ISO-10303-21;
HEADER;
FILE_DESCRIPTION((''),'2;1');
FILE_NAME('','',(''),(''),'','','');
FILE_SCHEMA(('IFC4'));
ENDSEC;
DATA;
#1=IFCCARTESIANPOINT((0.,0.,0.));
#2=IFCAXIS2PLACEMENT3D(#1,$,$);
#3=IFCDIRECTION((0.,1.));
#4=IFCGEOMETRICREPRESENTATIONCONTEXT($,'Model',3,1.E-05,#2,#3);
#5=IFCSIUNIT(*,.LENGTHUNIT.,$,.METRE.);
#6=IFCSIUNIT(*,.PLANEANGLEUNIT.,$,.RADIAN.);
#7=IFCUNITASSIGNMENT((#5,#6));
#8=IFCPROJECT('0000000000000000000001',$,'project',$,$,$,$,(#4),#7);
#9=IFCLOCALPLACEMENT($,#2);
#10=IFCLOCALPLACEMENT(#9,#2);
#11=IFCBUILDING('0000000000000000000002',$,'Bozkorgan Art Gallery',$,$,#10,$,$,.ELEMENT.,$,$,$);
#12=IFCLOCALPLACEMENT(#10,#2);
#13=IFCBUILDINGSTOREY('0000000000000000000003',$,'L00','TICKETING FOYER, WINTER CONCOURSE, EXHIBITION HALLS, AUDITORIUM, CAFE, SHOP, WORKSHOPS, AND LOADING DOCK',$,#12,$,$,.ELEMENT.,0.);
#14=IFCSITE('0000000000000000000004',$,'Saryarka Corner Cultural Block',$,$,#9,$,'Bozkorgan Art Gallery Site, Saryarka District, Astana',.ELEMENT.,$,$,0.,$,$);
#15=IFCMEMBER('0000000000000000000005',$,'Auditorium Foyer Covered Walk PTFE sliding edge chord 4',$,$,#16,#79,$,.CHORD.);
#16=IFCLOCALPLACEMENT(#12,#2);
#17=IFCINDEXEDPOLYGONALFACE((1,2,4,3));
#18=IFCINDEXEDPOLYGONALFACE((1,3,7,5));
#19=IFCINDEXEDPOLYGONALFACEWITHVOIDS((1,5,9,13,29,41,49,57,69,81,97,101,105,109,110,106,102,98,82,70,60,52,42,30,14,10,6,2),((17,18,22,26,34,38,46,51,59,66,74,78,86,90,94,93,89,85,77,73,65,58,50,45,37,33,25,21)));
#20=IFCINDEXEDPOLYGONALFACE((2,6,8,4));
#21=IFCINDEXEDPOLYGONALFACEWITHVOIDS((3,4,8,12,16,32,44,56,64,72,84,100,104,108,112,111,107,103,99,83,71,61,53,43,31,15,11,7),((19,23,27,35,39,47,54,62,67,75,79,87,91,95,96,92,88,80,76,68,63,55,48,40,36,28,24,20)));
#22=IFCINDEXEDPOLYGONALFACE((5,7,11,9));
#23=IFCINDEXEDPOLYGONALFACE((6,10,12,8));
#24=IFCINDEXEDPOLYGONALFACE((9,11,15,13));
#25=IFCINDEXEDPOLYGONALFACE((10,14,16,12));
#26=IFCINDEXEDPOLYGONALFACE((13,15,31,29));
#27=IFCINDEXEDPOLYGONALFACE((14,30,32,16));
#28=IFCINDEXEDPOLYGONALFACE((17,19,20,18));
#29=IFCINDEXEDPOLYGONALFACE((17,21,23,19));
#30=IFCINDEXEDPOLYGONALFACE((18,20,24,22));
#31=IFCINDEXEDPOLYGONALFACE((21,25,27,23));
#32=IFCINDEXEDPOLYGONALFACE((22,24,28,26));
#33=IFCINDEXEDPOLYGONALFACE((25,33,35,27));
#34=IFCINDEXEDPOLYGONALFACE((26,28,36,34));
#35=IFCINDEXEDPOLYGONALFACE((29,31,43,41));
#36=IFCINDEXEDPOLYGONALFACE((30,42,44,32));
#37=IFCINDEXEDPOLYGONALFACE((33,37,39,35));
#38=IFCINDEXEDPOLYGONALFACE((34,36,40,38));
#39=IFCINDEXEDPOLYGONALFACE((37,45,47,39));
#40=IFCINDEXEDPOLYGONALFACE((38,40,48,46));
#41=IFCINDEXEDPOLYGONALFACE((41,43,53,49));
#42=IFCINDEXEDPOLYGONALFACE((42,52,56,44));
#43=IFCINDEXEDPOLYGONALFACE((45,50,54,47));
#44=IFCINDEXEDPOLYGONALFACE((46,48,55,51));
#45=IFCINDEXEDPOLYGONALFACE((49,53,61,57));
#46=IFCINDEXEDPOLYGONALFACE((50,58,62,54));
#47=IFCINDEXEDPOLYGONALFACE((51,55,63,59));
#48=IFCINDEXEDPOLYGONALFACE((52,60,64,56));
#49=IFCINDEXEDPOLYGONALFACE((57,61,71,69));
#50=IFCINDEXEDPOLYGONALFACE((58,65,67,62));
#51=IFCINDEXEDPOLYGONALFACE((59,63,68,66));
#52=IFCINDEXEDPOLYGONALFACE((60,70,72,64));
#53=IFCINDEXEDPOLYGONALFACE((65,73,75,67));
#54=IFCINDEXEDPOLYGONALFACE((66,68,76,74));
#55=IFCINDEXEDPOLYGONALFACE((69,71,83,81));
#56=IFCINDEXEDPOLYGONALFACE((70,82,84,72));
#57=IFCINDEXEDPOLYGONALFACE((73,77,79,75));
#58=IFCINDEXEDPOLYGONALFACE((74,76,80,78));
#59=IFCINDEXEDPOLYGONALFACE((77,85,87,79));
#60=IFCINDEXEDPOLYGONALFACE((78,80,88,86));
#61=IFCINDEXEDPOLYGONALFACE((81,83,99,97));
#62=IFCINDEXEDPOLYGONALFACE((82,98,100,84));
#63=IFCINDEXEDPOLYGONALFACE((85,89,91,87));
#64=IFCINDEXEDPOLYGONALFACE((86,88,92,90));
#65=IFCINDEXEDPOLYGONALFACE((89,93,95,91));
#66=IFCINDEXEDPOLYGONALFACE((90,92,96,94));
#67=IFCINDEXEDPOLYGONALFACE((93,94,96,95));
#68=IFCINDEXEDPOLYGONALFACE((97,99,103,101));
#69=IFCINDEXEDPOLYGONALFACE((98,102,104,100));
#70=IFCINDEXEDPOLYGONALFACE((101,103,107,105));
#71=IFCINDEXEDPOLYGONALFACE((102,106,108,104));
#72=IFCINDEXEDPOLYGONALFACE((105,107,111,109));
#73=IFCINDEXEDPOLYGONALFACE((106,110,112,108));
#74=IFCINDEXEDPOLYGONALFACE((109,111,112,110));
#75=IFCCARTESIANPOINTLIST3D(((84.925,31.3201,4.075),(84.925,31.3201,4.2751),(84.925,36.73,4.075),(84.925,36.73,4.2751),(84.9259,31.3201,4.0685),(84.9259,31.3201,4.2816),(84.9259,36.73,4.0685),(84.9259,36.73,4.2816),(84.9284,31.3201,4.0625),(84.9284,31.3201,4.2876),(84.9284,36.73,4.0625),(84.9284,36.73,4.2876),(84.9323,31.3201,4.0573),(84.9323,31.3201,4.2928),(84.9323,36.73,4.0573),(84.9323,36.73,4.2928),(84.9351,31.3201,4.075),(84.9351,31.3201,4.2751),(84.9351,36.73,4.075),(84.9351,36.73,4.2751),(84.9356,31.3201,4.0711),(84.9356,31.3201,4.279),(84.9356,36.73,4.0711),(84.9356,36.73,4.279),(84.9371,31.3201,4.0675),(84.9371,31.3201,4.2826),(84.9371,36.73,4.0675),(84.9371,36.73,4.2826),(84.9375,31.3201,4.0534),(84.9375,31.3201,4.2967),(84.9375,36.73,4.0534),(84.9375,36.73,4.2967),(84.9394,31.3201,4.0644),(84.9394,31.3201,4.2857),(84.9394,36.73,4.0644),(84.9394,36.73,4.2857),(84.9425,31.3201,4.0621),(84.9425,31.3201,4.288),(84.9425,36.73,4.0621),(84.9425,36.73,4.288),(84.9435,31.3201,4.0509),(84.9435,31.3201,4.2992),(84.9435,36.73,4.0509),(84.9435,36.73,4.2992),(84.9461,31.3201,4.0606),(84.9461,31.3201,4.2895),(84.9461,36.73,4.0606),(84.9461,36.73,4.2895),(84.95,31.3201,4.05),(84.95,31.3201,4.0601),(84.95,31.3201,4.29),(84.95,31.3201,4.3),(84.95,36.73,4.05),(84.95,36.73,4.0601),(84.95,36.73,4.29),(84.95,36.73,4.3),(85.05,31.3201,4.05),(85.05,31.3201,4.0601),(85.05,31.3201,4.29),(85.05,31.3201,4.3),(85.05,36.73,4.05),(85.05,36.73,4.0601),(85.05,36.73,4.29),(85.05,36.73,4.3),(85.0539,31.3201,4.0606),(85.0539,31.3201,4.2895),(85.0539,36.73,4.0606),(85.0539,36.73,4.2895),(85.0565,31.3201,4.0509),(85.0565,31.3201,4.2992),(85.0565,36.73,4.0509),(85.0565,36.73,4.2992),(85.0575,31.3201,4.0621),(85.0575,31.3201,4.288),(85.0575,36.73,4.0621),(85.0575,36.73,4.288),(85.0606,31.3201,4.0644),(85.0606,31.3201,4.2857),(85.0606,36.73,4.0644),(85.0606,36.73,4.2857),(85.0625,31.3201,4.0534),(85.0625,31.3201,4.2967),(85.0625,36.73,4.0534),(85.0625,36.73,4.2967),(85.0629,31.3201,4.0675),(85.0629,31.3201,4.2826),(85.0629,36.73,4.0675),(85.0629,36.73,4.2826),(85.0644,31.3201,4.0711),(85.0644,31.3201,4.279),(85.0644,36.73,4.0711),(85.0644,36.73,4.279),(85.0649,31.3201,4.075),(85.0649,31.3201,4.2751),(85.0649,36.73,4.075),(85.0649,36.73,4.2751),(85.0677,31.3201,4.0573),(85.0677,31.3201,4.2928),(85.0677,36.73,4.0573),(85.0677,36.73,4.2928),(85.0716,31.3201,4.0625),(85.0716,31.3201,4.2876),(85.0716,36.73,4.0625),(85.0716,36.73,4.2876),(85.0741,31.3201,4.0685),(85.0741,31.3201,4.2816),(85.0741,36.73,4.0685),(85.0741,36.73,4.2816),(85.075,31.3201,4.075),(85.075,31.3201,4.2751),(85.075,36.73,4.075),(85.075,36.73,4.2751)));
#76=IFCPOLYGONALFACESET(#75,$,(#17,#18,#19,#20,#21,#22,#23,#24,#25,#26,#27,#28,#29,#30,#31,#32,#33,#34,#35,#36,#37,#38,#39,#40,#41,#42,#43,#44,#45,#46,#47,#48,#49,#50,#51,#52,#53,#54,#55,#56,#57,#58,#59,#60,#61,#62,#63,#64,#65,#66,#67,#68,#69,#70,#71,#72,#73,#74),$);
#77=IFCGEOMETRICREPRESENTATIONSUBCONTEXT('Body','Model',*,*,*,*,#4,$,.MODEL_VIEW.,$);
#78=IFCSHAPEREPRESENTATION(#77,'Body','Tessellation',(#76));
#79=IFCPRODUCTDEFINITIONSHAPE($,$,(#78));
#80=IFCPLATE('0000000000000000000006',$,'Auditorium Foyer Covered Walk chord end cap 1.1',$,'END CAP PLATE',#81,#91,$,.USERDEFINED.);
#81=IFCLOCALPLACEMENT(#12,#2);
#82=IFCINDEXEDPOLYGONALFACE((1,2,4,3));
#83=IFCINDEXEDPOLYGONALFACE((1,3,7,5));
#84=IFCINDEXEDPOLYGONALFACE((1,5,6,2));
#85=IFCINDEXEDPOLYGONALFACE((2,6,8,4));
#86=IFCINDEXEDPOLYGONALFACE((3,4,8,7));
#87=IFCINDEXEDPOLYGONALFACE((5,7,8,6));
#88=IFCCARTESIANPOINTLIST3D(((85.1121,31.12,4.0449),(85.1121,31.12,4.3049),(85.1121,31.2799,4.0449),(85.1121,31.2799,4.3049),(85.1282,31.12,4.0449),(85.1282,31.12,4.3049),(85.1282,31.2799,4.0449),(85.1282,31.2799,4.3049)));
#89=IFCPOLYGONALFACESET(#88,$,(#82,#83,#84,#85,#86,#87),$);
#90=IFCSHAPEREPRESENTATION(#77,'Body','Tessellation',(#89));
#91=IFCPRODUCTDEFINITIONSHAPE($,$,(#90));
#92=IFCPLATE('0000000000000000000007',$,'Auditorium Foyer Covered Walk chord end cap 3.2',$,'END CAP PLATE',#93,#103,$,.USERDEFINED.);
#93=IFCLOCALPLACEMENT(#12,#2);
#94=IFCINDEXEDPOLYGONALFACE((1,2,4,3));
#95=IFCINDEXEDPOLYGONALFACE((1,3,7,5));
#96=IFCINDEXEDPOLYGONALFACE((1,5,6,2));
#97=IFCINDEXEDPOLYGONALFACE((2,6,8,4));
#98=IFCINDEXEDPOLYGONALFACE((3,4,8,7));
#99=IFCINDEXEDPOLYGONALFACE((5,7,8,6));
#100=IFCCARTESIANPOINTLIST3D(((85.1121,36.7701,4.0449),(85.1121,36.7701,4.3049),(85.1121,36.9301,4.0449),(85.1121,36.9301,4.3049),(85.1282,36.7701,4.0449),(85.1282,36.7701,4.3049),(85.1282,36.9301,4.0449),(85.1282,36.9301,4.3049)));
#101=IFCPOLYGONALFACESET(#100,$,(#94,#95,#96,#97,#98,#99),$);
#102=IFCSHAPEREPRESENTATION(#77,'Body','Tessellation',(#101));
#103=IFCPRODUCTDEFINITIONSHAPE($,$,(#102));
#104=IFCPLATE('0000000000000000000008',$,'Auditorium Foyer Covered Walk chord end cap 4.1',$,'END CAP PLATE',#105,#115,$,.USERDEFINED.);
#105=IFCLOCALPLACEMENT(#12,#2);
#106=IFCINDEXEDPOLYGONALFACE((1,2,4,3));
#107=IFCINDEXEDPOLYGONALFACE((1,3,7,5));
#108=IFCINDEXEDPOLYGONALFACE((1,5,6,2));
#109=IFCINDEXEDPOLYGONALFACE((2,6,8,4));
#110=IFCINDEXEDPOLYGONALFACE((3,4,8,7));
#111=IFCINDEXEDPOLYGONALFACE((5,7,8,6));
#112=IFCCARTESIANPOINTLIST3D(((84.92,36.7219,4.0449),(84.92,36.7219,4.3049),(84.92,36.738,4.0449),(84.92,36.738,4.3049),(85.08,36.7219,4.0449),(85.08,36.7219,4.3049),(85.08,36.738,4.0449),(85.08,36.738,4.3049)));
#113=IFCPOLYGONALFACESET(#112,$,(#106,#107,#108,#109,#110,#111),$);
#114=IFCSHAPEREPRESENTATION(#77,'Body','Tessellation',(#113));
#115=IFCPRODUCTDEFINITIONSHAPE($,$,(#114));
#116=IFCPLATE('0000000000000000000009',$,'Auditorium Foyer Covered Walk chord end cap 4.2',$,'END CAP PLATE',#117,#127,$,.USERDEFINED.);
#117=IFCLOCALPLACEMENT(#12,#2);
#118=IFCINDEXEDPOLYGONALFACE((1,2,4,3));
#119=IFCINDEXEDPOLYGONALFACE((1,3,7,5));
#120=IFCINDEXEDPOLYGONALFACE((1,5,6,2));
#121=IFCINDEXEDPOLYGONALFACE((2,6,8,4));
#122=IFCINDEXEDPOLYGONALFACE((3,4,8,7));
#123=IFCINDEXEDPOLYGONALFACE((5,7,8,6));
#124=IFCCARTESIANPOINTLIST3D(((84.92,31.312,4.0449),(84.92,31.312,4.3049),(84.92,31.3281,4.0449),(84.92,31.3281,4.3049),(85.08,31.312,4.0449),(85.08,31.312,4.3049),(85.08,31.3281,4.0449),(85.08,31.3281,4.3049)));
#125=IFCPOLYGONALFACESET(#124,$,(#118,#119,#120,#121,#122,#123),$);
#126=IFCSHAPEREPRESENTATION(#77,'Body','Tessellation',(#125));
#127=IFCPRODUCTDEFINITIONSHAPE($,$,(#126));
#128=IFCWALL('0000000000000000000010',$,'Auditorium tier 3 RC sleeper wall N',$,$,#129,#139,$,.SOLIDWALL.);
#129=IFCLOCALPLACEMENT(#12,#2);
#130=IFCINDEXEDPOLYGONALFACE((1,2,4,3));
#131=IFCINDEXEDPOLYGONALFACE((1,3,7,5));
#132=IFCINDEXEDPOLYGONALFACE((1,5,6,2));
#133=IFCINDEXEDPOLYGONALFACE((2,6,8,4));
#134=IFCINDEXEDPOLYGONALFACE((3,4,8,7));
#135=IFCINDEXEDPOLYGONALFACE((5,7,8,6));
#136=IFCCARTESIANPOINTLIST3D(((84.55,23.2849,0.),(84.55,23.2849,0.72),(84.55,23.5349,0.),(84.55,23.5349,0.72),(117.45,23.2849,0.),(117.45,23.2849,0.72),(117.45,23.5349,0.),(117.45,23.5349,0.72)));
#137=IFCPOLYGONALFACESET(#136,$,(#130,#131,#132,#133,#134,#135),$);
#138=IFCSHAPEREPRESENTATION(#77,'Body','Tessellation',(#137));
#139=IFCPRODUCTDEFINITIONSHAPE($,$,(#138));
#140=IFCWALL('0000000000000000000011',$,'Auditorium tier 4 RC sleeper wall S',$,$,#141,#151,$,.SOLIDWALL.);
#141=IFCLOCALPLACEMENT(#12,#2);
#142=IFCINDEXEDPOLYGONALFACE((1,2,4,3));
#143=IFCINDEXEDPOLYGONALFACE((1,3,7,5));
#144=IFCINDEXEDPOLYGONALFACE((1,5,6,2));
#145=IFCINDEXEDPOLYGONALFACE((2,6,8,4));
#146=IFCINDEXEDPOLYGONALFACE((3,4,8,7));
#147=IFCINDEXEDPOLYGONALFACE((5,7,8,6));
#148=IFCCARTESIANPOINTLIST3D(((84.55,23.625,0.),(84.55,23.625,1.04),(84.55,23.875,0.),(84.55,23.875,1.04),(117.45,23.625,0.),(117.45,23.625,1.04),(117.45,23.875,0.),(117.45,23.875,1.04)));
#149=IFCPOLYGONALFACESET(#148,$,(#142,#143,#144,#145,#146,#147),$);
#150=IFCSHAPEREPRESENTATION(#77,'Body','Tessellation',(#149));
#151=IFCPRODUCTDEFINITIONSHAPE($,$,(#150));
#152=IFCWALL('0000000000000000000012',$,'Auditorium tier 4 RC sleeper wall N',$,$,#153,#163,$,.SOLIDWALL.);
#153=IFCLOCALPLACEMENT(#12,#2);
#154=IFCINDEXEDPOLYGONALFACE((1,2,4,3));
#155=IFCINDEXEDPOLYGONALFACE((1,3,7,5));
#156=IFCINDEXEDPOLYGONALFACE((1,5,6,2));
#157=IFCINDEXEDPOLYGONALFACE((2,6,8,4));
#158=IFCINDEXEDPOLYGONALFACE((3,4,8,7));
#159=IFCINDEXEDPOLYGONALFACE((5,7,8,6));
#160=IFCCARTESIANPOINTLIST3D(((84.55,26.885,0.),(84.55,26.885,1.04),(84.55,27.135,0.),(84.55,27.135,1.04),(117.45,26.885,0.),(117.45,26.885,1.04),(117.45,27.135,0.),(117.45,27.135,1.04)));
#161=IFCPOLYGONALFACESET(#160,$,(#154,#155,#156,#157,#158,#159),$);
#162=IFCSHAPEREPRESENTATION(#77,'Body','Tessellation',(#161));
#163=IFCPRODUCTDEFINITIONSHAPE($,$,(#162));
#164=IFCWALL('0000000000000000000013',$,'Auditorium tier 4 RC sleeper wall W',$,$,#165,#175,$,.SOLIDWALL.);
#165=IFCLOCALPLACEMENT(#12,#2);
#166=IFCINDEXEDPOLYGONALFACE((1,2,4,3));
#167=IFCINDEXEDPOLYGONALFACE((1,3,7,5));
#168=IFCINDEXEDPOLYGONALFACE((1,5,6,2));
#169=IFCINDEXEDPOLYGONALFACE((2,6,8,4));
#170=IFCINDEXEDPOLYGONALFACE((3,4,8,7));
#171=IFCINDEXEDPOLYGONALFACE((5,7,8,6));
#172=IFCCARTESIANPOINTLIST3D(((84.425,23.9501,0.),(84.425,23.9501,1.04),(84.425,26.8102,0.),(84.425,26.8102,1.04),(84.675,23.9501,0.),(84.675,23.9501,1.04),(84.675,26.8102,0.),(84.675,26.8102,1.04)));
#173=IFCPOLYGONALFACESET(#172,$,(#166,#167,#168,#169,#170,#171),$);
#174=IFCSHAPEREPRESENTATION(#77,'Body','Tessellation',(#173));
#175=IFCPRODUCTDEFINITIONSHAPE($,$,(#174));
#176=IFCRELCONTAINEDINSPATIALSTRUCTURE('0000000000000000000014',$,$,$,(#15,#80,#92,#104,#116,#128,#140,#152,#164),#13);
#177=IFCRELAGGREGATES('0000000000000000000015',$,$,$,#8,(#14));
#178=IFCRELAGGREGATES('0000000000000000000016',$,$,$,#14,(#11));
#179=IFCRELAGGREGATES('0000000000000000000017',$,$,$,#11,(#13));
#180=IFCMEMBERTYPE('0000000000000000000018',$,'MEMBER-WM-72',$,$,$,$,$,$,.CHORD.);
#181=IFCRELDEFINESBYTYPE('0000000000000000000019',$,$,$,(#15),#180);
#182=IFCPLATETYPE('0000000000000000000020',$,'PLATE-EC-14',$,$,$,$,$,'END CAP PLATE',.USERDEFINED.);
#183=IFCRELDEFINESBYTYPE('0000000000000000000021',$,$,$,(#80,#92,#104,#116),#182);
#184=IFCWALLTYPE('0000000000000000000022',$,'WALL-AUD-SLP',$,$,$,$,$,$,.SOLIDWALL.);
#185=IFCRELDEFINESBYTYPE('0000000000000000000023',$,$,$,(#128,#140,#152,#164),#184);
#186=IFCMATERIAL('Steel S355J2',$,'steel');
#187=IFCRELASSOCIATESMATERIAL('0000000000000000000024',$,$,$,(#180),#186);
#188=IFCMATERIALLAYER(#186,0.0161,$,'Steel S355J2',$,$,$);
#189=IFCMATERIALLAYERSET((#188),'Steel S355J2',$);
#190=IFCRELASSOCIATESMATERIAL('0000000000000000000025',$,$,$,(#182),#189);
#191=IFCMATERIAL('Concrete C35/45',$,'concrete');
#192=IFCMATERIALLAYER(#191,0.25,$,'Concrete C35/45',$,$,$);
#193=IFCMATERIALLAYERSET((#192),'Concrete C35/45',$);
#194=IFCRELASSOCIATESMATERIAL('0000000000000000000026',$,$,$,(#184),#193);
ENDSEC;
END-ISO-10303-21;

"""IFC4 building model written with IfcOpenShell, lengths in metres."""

from ifc_helpers import new_model, si_unit, direction, frame, frame_2d, origin, origin_2d, place, context, subcontext, project, spatial, rectangle, hollow_rectangle, extrude, material, layer, layer_set, material_profile, profile_set, type_object, element, save


model = new_model("IFC4")

# Units and contexts
model_context = context("Model", 3, precision=1e-05, world=origin(), true_north=direction((0.0, 1.0)))
body_context = subcontext(model_context, "Body", "Model", "MODEL_VIEW")
ifc_project = project(units=[si_unit("LENGTHUNIT", "METRE"), si_unit("PLANEANGLEUNIT", "RADIAN")], contexts=[model_context])

# Site, building, storey
site_placement = place(None, origin())
site = spatial("IfcSite", under=ifc_project, at=site_placement, Name="Saryarka Corner Cultural Block", LongName="Bozkorgan Art Gallery Site, Saryarka District, Astana", CompositionType="ELEMENT", RefElevation=0.0)
building_placement = place(site_placement, origin())
building = spatial("IfcBuilding", under=site, at=building_placement, Name="Bozkorgan Art Gallery", CompositionType="ELEMENT")
storey_placement = place(building_placement, origin())
storey = spatial("IfcBuildingStorey", under=building, at=storey_placement, Name="L00", Description="TICKETING FOYER, WINTER CONCOURSE, EXHIBITION HALLS, AUDITORIUM, CAFE, SHOP, WORKSHOPS, AND LOADING DOCK", CompositionType="ELEMENT", Elevation=0.0)

# Shared definitions
ifc_material_1 = material(Name="Steel S355J2", Category="steel")

# Shared definitions
ifc_material_2 = material(Name="Concrete C35/45", Category="concrete")

# Member
ifc_material_profile_1 = material_profile(ifc_material_1, hollow_rectangle(XDim=0.1499, YDim=0.25, WallThickness=0.01, InnerFilletRadius=0.0149, OuterFilletRadius=0.0249, at=origin_2d()), Name="RHS 250x150x10")
ifc_profile_set_1 = profile_set([ifc_material_profile_1], Name="Steel S355J2")
member_type = type_object("IfcMemberType", Name="MEMBER-WM-72", PredefinedType="CHORD", material=ifc_profile_set_1)
member_1_placement = place(storey_placement, frame((85.0, 36.73, 4.175), z_axis=(0.0, -1.0, 0.0), x_axis=(1.0, 0.0, 0.0)))
element("IfcMember", 1, at=member_1_placement, inside=storey, type_object=member_type, Name="Auditorium Foyer Covered Walk PTFE sliding edge chord 4", PredefinedType="CHORD", context=body_context, shape_type="SweptSolid", body=[
    extrude(hollow_rectangle(XDim=0.1499, YDim=0.25, WallThickness=0.01, InnerFilletRadius=0.0149, OuterFilletRadius=0.0249, at=origin_2d()), origin(), (0.0, 0.0, 1.0), 5.4099),
])

# Plates
ifc_layer_1 = layer(ifc_material_1, 0.0161, Name="Steel S355J2")
ifc_layer_set_1 = layer_set([ifc_layer_1], Name="Steel S355J2")
plate_type = type_object("IfcPlateType", Name="PLATE-EC-14", ElementType="END CAP PLATE", PredefinedType="USERDEFINED", material=ifc_layer_set_1)
for number, where, z_axis, x_axis, name in (
    (2, (85.1201, 31.2, 4.0449), (0.0, 0.0, 1.0), (1.0, 0.0, 0.0), "Auditorium Foyer Covered Walk chord end cap 1.1"),
    (3, (85.1201, 36.8501, 4.0449), (0.0, 0.0, 1.0), (-1.0, 0.0, 0.0), "Auditorium Foyer Covered Walk chord end cap 3.2"),
    (4, (85.0, 36.73, 4.0449), (0.0, 0.0, 1.0), (0.0, -1.0, 0.0), "Auditorium Foyer Covered Walk chord end cap 4.1"),
    (5, (85.0, 31.3201, 4.0449), (0.0, 0.0, 1.0), (0.0, -1.0, 0.0), "Auditorium Foyer Covered Walk chord end cap 4.2"),
):
    element("IfcPlate", number, at=place(storey_placement, frame(where, z_axis=z_axis, x_axis=x_axis)), inside=storey, type_object=plate_type, Name=name, ObjectType="END CAP PLATE", PredefinedType="USERDEFINED", context=body_context, shape_type="SweptSolid", body=[
        extrude(rectangle(XDim=0.0161, YDim=0.1599, at=origin_2d()), origin(), (0.0, 0.0, 1.0), 0.26),
    ])

# Walls
ifc_layer_2 = layer(ifc_material_2, 0.25, Name="Concrete C35/45")
ifc_layer_set_2 = layer_set([ifc_layer_2], Name="Concrete C35/45")
wall_type_1 = type_object("IfcWallType", Name="WALL-AUD-SLP", PredefinedType="SOLIDWALL", material=ifc_layer_set_2)
wall_1_placement = place(storey_placement, frame((84.55, 23.4099, 0.0), z_axis=(0.0, 0.0, 1.0), x_axis=(1.0, 0.0, 0.0)))
element("IfcWall", 6, at=wall_1_placement, inside=storey, type_object=wall_type_1, Name="Auditorium tier 3 RC sleeper wall N", PredefinedType="SOLIDWALL", context=body_context, shape_type="SweptSolid", body=[
    extrude(rectangle(XDim=32.8999, YDim=0.25, at=frame_2d((16.45, 0.0))), origin(), (0.0, 0.0, 1.0), 0.72),
])
for number, where, z_axis, x_axis, name in (
    (7, (84.55, 23.75, 0.0), (0.0, 0.0, 1.0), (1.0, 0.0, 0.0), "Auditorium tier 4 RC sleeper wall S"),
    (8, (84.55, 27.01, 0.0), (0.0, 0.0, 1.0), (1.0, 0.0, 0.0), "Auditorium tier 4 RC sleeper wall N"),
):
    element("IfcWall", number, at=place(storey_placement, frame(where, z_axis=z_axis, x_axis=x_axis)), inside=storey, type_object=wall_type_1, Name=name, PredefinedType="SOLIDWALL", context=body_context, shape_type="SweptSolid", body=[
        extrude(rectangle(XDim=32.8999, YDim=0.25, at=frame_2d((16.45, 0.0))), origin(), (0.0, 0.0, 1.0), 1.04),
    ])
wall_2_placement = place(storey_placement, frame((84.55, 23.95, 0.0), z_axis=(0.0, 0.0, 1.0), x_axis=(0.0, 1.0, 0.0)))
element("IfcWall", 9, at=wall_2_placement, inside=storey, type_object=wall_type_1, Name="Auditorium tier 4 RC sleeper wall W", PredefinedType="SOLIDWALL", context=body_context, shape_type="SweptSolid", body=[
    extrude(rectangle(XDim=2.8601, YDim=0.25, at=frame_2d((1.4302, 0.0))), origin(), (0.0, 0.0, 1.0), 1.04),
])

save(model, "model.ifc")
